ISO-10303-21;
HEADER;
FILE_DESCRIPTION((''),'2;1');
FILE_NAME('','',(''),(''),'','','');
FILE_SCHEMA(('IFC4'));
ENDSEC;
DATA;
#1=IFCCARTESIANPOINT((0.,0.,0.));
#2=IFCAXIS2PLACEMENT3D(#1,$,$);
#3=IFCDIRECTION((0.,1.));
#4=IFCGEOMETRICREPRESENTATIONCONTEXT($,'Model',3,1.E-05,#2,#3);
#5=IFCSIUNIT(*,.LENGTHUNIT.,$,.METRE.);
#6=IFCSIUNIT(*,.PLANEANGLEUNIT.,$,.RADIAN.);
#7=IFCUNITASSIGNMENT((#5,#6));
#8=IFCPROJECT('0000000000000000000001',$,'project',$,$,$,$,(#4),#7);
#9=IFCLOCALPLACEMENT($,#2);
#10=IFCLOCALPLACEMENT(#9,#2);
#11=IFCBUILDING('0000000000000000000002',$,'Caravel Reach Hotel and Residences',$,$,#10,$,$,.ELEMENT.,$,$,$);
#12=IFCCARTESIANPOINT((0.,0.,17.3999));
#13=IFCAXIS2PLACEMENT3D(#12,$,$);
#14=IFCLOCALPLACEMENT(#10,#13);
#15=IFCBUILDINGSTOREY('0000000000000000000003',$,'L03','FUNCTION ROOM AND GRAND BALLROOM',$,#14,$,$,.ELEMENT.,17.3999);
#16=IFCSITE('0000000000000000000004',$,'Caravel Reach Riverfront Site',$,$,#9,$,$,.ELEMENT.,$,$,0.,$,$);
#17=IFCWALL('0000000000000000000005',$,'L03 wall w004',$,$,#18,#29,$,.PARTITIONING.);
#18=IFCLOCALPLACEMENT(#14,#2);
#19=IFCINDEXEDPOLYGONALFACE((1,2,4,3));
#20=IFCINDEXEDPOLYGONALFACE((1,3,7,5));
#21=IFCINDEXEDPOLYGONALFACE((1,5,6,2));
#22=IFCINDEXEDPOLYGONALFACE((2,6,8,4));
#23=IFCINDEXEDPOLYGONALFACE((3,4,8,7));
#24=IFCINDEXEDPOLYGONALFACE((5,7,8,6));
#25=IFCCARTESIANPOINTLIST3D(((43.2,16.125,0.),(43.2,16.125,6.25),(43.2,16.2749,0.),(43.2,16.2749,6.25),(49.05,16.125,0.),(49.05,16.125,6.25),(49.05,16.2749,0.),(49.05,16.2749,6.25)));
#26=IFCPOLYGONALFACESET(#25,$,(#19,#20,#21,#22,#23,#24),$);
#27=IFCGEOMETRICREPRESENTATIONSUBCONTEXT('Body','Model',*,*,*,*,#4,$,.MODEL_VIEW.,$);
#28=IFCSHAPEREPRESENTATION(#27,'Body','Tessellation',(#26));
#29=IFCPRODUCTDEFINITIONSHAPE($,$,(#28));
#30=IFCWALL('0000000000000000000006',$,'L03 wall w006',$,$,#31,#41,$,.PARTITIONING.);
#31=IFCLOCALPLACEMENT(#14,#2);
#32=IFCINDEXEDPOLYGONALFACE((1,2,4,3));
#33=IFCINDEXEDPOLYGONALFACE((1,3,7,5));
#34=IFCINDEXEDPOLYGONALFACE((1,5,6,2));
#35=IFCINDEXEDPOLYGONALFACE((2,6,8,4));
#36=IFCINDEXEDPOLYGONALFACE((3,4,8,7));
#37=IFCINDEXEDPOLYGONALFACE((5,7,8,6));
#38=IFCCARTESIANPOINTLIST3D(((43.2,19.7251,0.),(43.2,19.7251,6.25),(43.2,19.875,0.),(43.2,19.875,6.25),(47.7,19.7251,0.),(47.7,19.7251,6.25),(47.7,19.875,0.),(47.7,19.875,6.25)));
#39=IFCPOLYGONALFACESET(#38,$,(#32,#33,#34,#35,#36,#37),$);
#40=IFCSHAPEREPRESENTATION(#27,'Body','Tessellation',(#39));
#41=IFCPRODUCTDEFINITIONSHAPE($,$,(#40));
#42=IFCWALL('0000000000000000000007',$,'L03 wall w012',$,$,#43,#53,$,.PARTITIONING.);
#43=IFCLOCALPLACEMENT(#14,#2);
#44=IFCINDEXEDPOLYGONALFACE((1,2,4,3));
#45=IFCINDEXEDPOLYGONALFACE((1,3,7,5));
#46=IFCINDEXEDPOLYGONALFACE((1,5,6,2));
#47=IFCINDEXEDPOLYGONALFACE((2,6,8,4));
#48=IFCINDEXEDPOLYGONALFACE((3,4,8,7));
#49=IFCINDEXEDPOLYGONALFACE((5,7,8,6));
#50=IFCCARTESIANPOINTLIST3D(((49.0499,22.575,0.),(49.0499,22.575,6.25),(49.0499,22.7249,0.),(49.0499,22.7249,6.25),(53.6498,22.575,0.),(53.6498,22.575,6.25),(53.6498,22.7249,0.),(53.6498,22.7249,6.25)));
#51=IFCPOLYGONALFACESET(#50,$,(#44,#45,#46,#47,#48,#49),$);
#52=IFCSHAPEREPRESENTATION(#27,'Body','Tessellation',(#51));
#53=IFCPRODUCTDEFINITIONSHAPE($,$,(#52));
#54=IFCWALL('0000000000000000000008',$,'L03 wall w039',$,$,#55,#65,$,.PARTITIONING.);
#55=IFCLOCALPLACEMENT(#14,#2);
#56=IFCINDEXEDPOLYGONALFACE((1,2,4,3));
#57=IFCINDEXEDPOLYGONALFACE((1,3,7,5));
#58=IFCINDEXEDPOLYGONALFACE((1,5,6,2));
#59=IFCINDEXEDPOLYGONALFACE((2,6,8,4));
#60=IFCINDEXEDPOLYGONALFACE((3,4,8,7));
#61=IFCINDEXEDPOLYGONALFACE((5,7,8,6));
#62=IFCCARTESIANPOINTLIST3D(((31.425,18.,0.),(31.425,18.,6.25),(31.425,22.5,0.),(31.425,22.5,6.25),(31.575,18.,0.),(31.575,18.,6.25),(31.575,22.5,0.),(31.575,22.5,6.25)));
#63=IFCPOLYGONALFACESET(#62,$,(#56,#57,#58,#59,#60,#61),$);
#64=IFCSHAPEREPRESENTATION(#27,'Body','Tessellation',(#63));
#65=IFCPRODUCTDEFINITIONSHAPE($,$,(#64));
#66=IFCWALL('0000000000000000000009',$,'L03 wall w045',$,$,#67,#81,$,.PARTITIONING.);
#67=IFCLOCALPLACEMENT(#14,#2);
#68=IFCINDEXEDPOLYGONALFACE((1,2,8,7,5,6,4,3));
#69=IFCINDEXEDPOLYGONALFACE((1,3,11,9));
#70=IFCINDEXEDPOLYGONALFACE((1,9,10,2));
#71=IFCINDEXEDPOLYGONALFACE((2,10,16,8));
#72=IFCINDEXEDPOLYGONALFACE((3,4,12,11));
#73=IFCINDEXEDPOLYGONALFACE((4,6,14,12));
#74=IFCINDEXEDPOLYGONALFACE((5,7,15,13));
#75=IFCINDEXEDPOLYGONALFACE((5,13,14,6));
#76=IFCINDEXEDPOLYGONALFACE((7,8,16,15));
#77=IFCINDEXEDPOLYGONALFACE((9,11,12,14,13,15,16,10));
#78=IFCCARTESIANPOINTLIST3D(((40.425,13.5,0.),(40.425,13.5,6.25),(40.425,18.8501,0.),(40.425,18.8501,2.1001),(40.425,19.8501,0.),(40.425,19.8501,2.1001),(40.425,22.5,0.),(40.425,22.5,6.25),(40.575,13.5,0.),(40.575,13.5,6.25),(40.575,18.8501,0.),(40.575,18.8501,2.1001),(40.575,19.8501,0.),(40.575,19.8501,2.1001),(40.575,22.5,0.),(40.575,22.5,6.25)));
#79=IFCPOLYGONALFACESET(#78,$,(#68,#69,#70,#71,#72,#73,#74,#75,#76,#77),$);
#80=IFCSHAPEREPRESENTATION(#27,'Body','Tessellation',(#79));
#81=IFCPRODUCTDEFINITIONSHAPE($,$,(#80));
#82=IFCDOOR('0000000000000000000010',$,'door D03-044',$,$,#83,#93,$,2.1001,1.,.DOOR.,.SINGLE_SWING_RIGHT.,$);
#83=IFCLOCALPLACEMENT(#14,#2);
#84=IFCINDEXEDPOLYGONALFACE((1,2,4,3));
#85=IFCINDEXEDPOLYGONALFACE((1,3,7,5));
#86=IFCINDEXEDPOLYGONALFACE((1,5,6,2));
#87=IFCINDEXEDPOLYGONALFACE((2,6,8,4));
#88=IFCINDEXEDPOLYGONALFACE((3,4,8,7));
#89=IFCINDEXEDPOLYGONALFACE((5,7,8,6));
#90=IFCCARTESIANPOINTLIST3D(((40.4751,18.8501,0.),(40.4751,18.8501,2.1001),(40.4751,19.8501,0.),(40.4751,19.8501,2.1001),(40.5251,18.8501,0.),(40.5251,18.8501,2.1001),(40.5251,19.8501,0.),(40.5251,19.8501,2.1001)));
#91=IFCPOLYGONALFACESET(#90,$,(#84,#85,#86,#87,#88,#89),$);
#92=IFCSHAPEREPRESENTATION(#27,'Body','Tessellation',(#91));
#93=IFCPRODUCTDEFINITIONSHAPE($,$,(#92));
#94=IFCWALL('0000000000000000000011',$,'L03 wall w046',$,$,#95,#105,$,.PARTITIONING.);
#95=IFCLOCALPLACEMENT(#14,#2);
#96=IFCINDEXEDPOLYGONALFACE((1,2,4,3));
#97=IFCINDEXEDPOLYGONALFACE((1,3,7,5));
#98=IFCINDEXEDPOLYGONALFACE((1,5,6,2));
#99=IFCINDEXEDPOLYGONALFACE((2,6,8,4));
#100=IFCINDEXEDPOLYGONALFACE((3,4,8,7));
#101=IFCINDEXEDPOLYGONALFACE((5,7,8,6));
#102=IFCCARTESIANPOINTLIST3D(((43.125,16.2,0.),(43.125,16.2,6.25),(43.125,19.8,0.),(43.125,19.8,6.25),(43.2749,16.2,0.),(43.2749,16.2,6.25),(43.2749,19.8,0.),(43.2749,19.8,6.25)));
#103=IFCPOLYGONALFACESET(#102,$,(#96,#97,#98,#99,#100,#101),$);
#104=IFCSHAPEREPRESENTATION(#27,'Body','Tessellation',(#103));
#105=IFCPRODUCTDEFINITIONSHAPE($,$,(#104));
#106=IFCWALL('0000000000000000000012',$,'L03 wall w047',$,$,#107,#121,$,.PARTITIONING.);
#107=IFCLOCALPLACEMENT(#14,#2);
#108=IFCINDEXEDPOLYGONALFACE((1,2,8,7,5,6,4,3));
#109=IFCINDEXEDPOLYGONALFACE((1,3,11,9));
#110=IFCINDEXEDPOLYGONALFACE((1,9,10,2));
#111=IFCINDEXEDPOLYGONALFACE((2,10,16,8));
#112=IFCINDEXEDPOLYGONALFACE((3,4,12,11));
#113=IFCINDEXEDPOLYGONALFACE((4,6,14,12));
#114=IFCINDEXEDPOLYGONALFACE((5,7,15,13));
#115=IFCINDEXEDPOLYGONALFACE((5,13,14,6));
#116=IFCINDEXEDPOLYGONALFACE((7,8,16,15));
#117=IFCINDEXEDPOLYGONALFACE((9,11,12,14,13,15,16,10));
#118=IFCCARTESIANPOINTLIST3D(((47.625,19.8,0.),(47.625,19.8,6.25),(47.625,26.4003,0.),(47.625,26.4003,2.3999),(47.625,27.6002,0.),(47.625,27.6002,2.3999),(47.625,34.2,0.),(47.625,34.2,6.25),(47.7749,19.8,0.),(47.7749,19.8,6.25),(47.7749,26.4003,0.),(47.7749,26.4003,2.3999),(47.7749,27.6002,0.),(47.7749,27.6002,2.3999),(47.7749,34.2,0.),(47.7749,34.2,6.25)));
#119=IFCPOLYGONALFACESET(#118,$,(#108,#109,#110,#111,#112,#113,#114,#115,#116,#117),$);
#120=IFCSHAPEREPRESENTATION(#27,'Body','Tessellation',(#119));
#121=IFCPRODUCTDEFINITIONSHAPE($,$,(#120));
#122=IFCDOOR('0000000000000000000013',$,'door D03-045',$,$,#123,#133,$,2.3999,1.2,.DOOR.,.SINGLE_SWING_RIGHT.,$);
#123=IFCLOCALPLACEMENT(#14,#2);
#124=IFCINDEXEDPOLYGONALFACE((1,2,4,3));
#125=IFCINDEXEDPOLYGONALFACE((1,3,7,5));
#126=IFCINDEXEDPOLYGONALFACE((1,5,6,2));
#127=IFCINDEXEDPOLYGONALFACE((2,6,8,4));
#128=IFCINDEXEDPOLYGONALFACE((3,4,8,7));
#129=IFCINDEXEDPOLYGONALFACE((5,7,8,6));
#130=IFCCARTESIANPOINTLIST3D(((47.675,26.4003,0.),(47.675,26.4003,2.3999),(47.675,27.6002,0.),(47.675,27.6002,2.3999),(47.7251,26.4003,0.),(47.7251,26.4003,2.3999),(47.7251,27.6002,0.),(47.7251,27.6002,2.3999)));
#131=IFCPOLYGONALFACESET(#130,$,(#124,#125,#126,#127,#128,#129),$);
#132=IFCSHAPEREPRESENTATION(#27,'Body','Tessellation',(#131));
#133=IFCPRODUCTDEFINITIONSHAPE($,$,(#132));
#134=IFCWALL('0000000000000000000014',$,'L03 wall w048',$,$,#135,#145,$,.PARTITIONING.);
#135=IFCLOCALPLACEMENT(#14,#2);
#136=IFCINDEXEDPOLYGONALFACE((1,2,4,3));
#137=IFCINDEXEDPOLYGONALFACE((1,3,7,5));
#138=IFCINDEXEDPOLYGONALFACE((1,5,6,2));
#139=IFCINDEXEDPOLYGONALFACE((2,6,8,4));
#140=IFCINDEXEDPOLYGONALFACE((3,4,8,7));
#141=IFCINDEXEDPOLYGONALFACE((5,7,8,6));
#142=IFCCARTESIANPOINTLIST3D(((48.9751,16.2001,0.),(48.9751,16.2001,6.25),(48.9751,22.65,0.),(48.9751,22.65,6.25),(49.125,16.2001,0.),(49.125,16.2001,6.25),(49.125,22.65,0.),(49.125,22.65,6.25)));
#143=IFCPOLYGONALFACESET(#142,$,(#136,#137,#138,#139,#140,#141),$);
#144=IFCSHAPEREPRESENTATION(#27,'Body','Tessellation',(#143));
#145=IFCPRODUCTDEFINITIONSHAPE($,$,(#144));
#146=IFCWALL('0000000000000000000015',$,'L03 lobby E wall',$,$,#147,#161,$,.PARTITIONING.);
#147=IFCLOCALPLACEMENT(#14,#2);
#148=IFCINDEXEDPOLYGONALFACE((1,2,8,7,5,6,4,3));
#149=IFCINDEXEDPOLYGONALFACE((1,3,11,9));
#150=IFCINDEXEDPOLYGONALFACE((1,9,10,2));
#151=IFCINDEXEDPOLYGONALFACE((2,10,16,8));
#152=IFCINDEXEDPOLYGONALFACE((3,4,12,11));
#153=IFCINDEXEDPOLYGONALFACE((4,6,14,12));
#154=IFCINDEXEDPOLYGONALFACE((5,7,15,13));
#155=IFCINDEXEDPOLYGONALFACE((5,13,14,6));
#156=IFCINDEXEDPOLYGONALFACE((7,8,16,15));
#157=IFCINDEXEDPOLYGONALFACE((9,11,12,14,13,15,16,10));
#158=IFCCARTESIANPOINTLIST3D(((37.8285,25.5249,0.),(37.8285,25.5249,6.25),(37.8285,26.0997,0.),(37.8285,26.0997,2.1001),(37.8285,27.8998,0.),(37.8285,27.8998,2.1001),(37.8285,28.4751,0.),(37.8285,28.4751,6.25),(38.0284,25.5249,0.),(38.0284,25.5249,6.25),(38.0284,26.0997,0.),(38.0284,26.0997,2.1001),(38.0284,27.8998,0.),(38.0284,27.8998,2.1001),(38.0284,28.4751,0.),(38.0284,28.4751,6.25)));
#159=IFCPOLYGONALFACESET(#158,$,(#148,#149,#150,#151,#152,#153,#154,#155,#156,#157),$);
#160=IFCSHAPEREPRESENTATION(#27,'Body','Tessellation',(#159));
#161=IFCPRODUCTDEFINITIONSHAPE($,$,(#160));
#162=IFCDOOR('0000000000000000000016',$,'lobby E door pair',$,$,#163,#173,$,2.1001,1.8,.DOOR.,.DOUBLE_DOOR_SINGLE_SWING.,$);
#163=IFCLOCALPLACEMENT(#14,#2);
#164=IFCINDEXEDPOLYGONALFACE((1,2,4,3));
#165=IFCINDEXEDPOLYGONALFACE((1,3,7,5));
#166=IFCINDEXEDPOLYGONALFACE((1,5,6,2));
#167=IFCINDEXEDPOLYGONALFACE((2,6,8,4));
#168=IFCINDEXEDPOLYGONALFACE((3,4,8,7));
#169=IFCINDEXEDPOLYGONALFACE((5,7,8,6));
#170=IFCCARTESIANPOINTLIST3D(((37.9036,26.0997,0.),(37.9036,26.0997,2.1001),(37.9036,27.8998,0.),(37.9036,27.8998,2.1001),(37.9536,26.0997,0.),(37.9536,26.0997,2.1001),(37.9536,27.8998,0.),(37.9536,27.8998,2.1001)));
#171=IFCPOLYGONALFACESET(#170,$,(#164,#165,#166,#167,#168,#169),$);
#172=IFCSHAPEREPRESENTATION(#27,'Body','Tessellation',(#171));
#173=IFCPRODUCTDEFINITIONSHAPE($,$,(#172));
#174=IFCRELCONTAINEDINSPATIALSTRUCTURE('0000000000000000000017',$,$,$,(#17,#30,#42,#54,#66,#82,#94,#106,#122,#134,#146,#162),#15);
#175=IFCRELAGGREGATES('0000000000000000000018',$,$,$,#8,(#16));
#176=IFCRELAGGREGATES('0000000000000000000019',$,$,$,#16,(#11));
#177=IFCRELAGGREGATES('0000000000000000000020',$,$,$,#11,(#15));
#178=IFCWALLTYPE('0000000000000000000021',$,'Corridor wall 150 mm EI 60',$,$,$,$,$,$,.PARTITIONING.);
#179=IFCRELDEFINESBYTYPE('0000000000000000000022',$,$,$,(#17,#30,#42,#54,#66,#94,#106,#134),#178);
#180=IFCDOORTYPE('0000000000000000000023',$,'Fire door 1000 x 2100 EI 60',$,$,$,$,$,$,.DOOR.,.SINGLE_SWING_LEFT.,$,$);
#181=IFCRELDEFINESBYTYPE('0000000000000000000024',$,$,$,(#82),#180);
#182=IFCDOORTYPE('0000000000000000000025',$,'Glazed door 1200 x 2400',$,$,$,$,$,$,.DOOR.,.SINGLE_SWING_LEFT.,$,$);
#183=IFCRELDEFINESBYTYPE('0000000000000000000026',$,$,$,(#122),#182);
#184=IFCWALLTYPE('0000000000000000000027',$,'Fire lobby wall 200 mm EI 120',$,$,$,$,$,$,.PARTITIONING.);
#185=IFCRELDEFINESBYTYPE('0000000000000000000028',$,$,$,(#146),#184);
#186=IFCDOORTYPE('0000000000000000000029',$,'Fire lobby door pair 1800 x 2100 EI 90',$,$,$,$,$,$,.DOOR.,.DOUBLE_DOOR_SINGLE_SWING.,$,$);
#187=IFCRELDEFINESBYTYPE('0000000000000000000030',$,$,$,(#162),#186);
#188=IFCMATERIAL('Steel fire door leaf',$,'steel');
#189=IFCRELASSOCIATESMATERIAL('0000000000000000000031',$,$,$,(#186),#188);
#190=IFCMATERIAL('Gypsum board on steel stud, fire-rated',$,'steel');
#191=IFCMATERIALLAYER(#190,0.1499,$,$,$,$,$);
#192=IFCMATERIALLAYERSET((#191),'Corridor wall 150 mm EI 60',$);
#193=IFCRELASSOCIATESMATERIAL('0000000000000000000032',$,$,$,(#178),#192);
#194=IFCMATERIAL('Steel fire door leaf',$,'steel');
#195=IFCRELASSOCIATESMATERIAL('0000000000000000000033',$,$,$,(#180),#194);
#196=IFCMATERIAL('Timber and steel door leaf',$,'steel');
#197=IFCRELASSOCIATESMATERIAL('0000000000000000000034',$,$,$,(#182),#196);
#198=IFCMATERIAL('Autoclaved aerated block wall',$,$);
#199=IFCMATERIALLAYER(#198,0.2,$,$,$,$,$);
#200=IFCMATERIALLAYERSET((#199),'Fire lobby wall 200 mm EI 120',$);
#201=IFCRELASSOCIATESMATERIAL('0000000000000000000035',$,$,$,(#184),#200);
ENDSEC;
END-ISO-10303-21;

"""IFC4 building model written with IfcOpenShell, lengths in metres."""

from ifc_helpers import new_model, si_unit, direction, frame, frame_2d, origin, place, context, subcontext, project, spatial, rectangle, extrude, material, layer, layer_set, type_object, element, fill, save


model = new_model("IFC4")

# Units and contexts
model_context = context("Model", 3, precision=1e-05, world=origin(), true_north=direction((0.0, 1.0)))
body_context = subcontext(model_context, "Body", "Model", "MODEL_VIEW")
ifc_project = project(units=[si_unit("LENGTHUNIT", "METRE"), si_unit("PLANEANGLEUNIT", "RADIAN")], contexts=[model_context])

# Site, building, storey
site_placement = place(None, origin())
site = spatial("IfcSite", under=ifc_project, at=site_placement, Name="Caravel Reach Riverfront Site", CompositionType="ELEMENT", RefElevation=0.0)
building_placement = place(site_placement, origin())
building = spatial("IfcBuilding", under=site, at=building_placement, Name="Caravel Reach Hotel and Residences", CompositionType="ELEMENT")
storey_placement = place(building_placement, frame((0.0, 0.0, 17.3999)))
storey = spatial("IfcBuildingStorey", under=building, at=storey_placement, Name="L03", Description="FUNCTION ROOM AND GRAND BALLROOM", CompositionType="ELEMENT", Elevation=17.3999)

# Shared definitions
ifc_material_1 = material(Name="Steel fire door leaf", Category="steel")
door_type_1 = type_object("IfcDoorType", Name="Fire lobby door pair 1800 x 2100 EI 90", OperationType="DOUBLE_DOOR_SINGLE_SWING", PredefinedType="DOOR", material=ifc_material_1)

# Walls
ifc_material_2 = material(Name="Gypsum board on steel stud, fire-rated", Category="steel")
ifc_layer_1 = layer(ifc_material_2, 0.1499)
ifc_layer_set_1 = layer_set([ifc_layer_1], Name="Corridor wall 150 mm EI 60")
wall_type_1 = type_object("IfcWallType", Name="Corridor wall 150 mm EI 60", PredefinedType="PARTITIONING", material=ifc_layer_set_1)
wall_1_placement = place(storey_placement, frame((43.2, 16.2, 0.0), z_axis=(0.0, 0.0, 1.0), x_axis=(1.0, 0.0, 0.0)))
element("IfcWall", 1, at=wall_1_placement, inside=storey, type_object=wall_type_1, Name="L03 wall w004", PredefinedType="PARTITIONING", context=body_context, shape_type="SweptSolid", body=[
    extrude(rectangle(XDim=5.8501, YDim=0.1499, at=frame_2d((2.925, 0.0))), origin(), (0.0, 0.0, 1.0), 6.25),
])
wall_2_placement = place(storey_placement, frame((43.2, 19.8, 0.0), z_axis=(0.0, 0.0, 1.0), x_axis=(1.0, 0.0, 0.0)))
element("IfcWall", 2, at=wall_2_placement, inside=storey, type_object=wall_type_1, Name="L03 wall w006", PredefinedType="PARTITIONING", context=body_context, shape_type="SweptSolid", body=[
    extrude(rectangle(XDim=4.5, YDim=0.1499, at=frame_2d((2.25, 0.0))), origin(), (0.0, 0.0, 1.0), 6.25),
])
wall_3_placement = place(storey_placement, frame((49.05, 22.6499, 0.0), z_axis=(0.0, 0.0, 1.0), x_axis=(1.0, 0.0, 0.0)))
element("IfcWall", 3, at=wall_3_placement, inside=storey, type_object=wall_type_1, Name="L03 wall w012", PredefinedType="PARTITIONING", context=body_context, shape_type="SweptSolid", body=[
    extrude(rectangle(XDim=4.5999, YDim=0.1499, at=frame_2d((2.2998, 0.0))), origin(), (0.0, 0.0, 1.0), 6.25),
])
wall_4_placement = place(storey_placement, frame((31.5, 18.0, 0.0), z_axis=(0.0, 0.0, 1.0), x_axis=(0.0, 1.0, 0.0)))
element("IfcWall", 4, at=wall_4_placement, inside=storey, type_object=wall_type_1, Name="L03 wall w039", PredefinedType="PARTITIONING", context=body_context, shape_type="SweptSolid", body=[
    extrude(rectangle(XDim=4.5, YDim=0.1499, at=frame_2d((2.25, 0.0))), origin(), (0.0, 0.0, 1.0), 6.25),
])

# Wall, opening, door
wall_5_placement = place(storey_placement, frame((40.5, 13.5, 0.0), z_axis=(0.0, 0.0, 1.0), x_axis=(0.0, 1.0, 0.0)))
wall_5 = element("IfcWall", 5, at=wall_5_placement, inside=storey, type_object=wall_type_1, Name="L03 wall w045", PredefinedType="PARTITIONING", context=body_context, shape_type="SweptSolid", body=[
    extrude(rectangle(XDim=9.0, YDim=0.1499, at=frame_2d((4.5, 0.0))), origin(), (0.0, 0.0, 1.0), 6.25),
])
opening_1_placement = place(wall_5_placement, frame((5.3501, 0.0, 0.0)))
opening_1 = element("IfcOpeningElement", 6, at=opening_1_placement, cuts=wall_5, PredefinedType="OPENING", context=body_context, shape_type="SweptSolid", body=[
    extrude(rectangle(XDim=1.0, YDim=2.1001, at=frame_2d((0.5, 1.05))), frame((0.0, 0.085, 0.0), z_axis=(0.0, -1.0, 0.0), x_axis=(1.0, 0.0, 0.0)), (0.0, 0.0, 1.0), 0.1699),
])
ifc_material_3 = material(Name="Steel fire door leaf", Category="steel")
door_type_2 = type_object("IfcDoorType", Name="Fire door 1000 x 2100 EI 60", OperationType="SINGLE_SWING_LEFT", PredefinedType="DOOR", material=ifc_material_3)
door_1_placement = place(opening_1_placement, origin())
door_1 = element("IfcDoor", 7, at=door_1_placement, inside=storey, type_object=door_type_2, Name="door D03-044", OperationType="SINGLE_SWING_RIGHT", OverallHeight=2.1001, OverallWidth=1.0, PredefinedType="DOOR", context=body_context, shape_type="SweptSolid", body=[
    extrude(rectangle(XDim=1.0, YDim=2.1001, at=frame_2d((0.5, 1.05))), frame((0.0, 0.0249, 0.0), z_axis=(0.0, -1.0, 0.0), x_axis=(1.0, 0.0, 0.0)), (0.0, 0.0, 1.0), 0.05),
])
fill(opening_1, door_1)

# Wall
wall_6_placement = place(storey_placement, frame((43.2, 16.2, 0.0), z_axis=(0.0, 0.0, 1.0), x_axis=(0.0, 1.0, 0.0)))
element("IfcWall", 8, at=wall_6_placement, inside=storey, type_object=wall_type_1, Name="L03 wall w046", PredefinedType="PARTITIONING", context=body_context, shape_type="SweptSolid", body=[
    extrude(rectangle(XDim=3.6001, YDim=0.1499, at=frame_2d((1.8, 0.0))), origin(), (0.0, 0.0, 1.0), 6.25),
])

# Wall, opening, door
wall_7_placement = place(storey_placement, frame((47.7, 19.8, 0.0), z_axis=(0.0, 0.0, 1.0), x_axis=(0.0, 1.0, 0.0)))
wall_7 = element("IfcWall", 9, at=wall_7_placement, inside=storey, type_object=wall_type_1, Name="L03 wall w047", PredefinedType="PARTITIONING", context=body_context, shape_type="SweptSolid", body=[
    extrude(rectangle(XDim=14.3999, YDim=0.1499, at=frame_2d((7.2, 0.0))), origin(), (0.0, 0.0, 1.0), 6.25),
])
opening_2_placement = place(wall_7_placement, frame((6.6001, 0.0, 0.0)))
opening_2 = element("IfcOpeningElement", 10, at=opening_2_placement, cuts=wall_7, PredefinedType="OPENING", context=body_context, shape_type="SweptSolid", body=[
    extrude(rectangle(XDim=1.2, YDim=2.3999, at=frame_2d((0.6001, 1.2))), frame((0.0, 0.085, 0.0), z_axis=(0.0, -1.0, 0.0), x_axis=(1.0, 0.0, 0.0)), (0.0, 0.0, 1.0), 0.1699),
])
ifc_material_4 = material(Name="Timber and steel door leaf", Category="steel")
door_type_3 = type_object("IfcDoorType", Name="Glazed door 1200 x 2400", OperationType="SINGLE_SWING_LEFT", PredefinedType="DOOR", material=ifc_material_4)
door_2_placement = place(opening_2_placement, origin())
door_2 = element("IfcDoor", 11, at=door_2_placement, inside=storey, type_object=door_type_3, Name="door D03-045", OperationType="SINGLE_SWING_RIGHT", OverallHeight=2.3999, OverallWidth=1.2, PredefinedType="DOOR", context=body_context, shape_type="SweptSolid", body=[
    extrude(rectangle(XDim=1.2, YDim=2.3999, at=frame_2d((0.6001, 1.2))), frame((0.0, 0.0249, 0.0), z_axis=(0.0, -1.0, 0.0), x_axis=(1.0, 0.0, 0.0)), (0.0, 0.0, 1.0), 0.05),
])
fill(opening_2, door_2)

# Wall
wall_8_placement = place(storey_placement, frame((49.05, 16.2, 0.0), z_axis=(0.0, 0.0, 1.0), x_axis=(0.0, 1.0, 0.0)))
element("IfcWall", 12, at=wall_8_placement, inside=storey, type_object=wall_type_1, Name="L03 wall w048", PredefinedType="PARTITIONING", context=body_context, shape_type="SweptSolid", body=[
    extrude(rectangle(XDim=6.45, YDim=0.1499, at=frame_2d((3.2251, 0.0))), origin(), (0.0, 0.0, 1.0), 6.25),
])

# Wall, opening, door
ifc_material_5 = material(Name="Autoclaved aerated block wall")
ifc_layer_2 = layer(ifc_material_5, 0.2)
ifc_layer_set_2 = layer_set([ifc_layer_2], Name="Fire lobby wall 200 mm EI 120")
wall_type_2 = type_object("IfcWallType", Name="Fire lobby wall 200 mm EI 120", PredefinedType="PARTITIONING", material=ifc_layer_set_2)
wall_9_placement = place(storey_placement, frame((37.9285, 25.5249, 0.0), z_axis=(0.0, 0.0, 1.0), x_axis=(0.0, 1.0, 0.0)))
wall_9 = element("IfcWall", 13, at=wall_9_placement, inside=storey, type_object=wall_type_2, Name="L03 lobby E wall", PredefinedType="PARTITIONING", context=body_context, shape_type="SweptSolid", body=[
    extrude(rectangle(XDim=2.9502, YDim=0.2, at=frame_2d((1.4751, 0.0))), origin(), (0.0, 0.0, 1.0), 6.25),
])
opening_3_placement = place(wall_9_placement, frame((0.575, 0.0, 0.0)))
opening_3 = element("IfcOpeningElement", 14, at=opening_3_placement, cuts=wall_9, PredefinedType="OPENING", context=body_context, shape_type="SweptSolid", body=[
    extrude(rectangle(XDim=1.8, YDim=2.1001, at=frame_2d((0.8999, 1.05))), frame((0.0, 0.1099, 0.0), z_axis=(0.0, -1.0, 0.0), x_axis=(1.0, 0.0, 0.0)), (0.0, 0.0, 1.0), 0.22),
])
door_3_placement = place(opening_3_placement, origin())
door_3 = element("IfcDoor", 15, at=door_3_placement, inside=storey, type_object=door_type_1, Name="lobby E door pair", OperationType="DOUBLE_DOOR_SINGLE_SWING", OverallHeight=2.1001, OverallWidth=1.8, PredefinedType="DOOR", context=body_context, shape_type="SweptSolid", body=[
    extrude(rectangle(XDim=1.8, YDim=2.1001, at=frame_2d((0.8999, 1.05))), frame((0.0, 0.0249, 0.0), z_axis=(0.0, -1.0, 0.0), x_axis=(1.0, 0.0, 0.0)), (0.0, 0.0, 1.0), 0.05),
])
fill(opening_3, door_3)

save(model, "model.ifc")
